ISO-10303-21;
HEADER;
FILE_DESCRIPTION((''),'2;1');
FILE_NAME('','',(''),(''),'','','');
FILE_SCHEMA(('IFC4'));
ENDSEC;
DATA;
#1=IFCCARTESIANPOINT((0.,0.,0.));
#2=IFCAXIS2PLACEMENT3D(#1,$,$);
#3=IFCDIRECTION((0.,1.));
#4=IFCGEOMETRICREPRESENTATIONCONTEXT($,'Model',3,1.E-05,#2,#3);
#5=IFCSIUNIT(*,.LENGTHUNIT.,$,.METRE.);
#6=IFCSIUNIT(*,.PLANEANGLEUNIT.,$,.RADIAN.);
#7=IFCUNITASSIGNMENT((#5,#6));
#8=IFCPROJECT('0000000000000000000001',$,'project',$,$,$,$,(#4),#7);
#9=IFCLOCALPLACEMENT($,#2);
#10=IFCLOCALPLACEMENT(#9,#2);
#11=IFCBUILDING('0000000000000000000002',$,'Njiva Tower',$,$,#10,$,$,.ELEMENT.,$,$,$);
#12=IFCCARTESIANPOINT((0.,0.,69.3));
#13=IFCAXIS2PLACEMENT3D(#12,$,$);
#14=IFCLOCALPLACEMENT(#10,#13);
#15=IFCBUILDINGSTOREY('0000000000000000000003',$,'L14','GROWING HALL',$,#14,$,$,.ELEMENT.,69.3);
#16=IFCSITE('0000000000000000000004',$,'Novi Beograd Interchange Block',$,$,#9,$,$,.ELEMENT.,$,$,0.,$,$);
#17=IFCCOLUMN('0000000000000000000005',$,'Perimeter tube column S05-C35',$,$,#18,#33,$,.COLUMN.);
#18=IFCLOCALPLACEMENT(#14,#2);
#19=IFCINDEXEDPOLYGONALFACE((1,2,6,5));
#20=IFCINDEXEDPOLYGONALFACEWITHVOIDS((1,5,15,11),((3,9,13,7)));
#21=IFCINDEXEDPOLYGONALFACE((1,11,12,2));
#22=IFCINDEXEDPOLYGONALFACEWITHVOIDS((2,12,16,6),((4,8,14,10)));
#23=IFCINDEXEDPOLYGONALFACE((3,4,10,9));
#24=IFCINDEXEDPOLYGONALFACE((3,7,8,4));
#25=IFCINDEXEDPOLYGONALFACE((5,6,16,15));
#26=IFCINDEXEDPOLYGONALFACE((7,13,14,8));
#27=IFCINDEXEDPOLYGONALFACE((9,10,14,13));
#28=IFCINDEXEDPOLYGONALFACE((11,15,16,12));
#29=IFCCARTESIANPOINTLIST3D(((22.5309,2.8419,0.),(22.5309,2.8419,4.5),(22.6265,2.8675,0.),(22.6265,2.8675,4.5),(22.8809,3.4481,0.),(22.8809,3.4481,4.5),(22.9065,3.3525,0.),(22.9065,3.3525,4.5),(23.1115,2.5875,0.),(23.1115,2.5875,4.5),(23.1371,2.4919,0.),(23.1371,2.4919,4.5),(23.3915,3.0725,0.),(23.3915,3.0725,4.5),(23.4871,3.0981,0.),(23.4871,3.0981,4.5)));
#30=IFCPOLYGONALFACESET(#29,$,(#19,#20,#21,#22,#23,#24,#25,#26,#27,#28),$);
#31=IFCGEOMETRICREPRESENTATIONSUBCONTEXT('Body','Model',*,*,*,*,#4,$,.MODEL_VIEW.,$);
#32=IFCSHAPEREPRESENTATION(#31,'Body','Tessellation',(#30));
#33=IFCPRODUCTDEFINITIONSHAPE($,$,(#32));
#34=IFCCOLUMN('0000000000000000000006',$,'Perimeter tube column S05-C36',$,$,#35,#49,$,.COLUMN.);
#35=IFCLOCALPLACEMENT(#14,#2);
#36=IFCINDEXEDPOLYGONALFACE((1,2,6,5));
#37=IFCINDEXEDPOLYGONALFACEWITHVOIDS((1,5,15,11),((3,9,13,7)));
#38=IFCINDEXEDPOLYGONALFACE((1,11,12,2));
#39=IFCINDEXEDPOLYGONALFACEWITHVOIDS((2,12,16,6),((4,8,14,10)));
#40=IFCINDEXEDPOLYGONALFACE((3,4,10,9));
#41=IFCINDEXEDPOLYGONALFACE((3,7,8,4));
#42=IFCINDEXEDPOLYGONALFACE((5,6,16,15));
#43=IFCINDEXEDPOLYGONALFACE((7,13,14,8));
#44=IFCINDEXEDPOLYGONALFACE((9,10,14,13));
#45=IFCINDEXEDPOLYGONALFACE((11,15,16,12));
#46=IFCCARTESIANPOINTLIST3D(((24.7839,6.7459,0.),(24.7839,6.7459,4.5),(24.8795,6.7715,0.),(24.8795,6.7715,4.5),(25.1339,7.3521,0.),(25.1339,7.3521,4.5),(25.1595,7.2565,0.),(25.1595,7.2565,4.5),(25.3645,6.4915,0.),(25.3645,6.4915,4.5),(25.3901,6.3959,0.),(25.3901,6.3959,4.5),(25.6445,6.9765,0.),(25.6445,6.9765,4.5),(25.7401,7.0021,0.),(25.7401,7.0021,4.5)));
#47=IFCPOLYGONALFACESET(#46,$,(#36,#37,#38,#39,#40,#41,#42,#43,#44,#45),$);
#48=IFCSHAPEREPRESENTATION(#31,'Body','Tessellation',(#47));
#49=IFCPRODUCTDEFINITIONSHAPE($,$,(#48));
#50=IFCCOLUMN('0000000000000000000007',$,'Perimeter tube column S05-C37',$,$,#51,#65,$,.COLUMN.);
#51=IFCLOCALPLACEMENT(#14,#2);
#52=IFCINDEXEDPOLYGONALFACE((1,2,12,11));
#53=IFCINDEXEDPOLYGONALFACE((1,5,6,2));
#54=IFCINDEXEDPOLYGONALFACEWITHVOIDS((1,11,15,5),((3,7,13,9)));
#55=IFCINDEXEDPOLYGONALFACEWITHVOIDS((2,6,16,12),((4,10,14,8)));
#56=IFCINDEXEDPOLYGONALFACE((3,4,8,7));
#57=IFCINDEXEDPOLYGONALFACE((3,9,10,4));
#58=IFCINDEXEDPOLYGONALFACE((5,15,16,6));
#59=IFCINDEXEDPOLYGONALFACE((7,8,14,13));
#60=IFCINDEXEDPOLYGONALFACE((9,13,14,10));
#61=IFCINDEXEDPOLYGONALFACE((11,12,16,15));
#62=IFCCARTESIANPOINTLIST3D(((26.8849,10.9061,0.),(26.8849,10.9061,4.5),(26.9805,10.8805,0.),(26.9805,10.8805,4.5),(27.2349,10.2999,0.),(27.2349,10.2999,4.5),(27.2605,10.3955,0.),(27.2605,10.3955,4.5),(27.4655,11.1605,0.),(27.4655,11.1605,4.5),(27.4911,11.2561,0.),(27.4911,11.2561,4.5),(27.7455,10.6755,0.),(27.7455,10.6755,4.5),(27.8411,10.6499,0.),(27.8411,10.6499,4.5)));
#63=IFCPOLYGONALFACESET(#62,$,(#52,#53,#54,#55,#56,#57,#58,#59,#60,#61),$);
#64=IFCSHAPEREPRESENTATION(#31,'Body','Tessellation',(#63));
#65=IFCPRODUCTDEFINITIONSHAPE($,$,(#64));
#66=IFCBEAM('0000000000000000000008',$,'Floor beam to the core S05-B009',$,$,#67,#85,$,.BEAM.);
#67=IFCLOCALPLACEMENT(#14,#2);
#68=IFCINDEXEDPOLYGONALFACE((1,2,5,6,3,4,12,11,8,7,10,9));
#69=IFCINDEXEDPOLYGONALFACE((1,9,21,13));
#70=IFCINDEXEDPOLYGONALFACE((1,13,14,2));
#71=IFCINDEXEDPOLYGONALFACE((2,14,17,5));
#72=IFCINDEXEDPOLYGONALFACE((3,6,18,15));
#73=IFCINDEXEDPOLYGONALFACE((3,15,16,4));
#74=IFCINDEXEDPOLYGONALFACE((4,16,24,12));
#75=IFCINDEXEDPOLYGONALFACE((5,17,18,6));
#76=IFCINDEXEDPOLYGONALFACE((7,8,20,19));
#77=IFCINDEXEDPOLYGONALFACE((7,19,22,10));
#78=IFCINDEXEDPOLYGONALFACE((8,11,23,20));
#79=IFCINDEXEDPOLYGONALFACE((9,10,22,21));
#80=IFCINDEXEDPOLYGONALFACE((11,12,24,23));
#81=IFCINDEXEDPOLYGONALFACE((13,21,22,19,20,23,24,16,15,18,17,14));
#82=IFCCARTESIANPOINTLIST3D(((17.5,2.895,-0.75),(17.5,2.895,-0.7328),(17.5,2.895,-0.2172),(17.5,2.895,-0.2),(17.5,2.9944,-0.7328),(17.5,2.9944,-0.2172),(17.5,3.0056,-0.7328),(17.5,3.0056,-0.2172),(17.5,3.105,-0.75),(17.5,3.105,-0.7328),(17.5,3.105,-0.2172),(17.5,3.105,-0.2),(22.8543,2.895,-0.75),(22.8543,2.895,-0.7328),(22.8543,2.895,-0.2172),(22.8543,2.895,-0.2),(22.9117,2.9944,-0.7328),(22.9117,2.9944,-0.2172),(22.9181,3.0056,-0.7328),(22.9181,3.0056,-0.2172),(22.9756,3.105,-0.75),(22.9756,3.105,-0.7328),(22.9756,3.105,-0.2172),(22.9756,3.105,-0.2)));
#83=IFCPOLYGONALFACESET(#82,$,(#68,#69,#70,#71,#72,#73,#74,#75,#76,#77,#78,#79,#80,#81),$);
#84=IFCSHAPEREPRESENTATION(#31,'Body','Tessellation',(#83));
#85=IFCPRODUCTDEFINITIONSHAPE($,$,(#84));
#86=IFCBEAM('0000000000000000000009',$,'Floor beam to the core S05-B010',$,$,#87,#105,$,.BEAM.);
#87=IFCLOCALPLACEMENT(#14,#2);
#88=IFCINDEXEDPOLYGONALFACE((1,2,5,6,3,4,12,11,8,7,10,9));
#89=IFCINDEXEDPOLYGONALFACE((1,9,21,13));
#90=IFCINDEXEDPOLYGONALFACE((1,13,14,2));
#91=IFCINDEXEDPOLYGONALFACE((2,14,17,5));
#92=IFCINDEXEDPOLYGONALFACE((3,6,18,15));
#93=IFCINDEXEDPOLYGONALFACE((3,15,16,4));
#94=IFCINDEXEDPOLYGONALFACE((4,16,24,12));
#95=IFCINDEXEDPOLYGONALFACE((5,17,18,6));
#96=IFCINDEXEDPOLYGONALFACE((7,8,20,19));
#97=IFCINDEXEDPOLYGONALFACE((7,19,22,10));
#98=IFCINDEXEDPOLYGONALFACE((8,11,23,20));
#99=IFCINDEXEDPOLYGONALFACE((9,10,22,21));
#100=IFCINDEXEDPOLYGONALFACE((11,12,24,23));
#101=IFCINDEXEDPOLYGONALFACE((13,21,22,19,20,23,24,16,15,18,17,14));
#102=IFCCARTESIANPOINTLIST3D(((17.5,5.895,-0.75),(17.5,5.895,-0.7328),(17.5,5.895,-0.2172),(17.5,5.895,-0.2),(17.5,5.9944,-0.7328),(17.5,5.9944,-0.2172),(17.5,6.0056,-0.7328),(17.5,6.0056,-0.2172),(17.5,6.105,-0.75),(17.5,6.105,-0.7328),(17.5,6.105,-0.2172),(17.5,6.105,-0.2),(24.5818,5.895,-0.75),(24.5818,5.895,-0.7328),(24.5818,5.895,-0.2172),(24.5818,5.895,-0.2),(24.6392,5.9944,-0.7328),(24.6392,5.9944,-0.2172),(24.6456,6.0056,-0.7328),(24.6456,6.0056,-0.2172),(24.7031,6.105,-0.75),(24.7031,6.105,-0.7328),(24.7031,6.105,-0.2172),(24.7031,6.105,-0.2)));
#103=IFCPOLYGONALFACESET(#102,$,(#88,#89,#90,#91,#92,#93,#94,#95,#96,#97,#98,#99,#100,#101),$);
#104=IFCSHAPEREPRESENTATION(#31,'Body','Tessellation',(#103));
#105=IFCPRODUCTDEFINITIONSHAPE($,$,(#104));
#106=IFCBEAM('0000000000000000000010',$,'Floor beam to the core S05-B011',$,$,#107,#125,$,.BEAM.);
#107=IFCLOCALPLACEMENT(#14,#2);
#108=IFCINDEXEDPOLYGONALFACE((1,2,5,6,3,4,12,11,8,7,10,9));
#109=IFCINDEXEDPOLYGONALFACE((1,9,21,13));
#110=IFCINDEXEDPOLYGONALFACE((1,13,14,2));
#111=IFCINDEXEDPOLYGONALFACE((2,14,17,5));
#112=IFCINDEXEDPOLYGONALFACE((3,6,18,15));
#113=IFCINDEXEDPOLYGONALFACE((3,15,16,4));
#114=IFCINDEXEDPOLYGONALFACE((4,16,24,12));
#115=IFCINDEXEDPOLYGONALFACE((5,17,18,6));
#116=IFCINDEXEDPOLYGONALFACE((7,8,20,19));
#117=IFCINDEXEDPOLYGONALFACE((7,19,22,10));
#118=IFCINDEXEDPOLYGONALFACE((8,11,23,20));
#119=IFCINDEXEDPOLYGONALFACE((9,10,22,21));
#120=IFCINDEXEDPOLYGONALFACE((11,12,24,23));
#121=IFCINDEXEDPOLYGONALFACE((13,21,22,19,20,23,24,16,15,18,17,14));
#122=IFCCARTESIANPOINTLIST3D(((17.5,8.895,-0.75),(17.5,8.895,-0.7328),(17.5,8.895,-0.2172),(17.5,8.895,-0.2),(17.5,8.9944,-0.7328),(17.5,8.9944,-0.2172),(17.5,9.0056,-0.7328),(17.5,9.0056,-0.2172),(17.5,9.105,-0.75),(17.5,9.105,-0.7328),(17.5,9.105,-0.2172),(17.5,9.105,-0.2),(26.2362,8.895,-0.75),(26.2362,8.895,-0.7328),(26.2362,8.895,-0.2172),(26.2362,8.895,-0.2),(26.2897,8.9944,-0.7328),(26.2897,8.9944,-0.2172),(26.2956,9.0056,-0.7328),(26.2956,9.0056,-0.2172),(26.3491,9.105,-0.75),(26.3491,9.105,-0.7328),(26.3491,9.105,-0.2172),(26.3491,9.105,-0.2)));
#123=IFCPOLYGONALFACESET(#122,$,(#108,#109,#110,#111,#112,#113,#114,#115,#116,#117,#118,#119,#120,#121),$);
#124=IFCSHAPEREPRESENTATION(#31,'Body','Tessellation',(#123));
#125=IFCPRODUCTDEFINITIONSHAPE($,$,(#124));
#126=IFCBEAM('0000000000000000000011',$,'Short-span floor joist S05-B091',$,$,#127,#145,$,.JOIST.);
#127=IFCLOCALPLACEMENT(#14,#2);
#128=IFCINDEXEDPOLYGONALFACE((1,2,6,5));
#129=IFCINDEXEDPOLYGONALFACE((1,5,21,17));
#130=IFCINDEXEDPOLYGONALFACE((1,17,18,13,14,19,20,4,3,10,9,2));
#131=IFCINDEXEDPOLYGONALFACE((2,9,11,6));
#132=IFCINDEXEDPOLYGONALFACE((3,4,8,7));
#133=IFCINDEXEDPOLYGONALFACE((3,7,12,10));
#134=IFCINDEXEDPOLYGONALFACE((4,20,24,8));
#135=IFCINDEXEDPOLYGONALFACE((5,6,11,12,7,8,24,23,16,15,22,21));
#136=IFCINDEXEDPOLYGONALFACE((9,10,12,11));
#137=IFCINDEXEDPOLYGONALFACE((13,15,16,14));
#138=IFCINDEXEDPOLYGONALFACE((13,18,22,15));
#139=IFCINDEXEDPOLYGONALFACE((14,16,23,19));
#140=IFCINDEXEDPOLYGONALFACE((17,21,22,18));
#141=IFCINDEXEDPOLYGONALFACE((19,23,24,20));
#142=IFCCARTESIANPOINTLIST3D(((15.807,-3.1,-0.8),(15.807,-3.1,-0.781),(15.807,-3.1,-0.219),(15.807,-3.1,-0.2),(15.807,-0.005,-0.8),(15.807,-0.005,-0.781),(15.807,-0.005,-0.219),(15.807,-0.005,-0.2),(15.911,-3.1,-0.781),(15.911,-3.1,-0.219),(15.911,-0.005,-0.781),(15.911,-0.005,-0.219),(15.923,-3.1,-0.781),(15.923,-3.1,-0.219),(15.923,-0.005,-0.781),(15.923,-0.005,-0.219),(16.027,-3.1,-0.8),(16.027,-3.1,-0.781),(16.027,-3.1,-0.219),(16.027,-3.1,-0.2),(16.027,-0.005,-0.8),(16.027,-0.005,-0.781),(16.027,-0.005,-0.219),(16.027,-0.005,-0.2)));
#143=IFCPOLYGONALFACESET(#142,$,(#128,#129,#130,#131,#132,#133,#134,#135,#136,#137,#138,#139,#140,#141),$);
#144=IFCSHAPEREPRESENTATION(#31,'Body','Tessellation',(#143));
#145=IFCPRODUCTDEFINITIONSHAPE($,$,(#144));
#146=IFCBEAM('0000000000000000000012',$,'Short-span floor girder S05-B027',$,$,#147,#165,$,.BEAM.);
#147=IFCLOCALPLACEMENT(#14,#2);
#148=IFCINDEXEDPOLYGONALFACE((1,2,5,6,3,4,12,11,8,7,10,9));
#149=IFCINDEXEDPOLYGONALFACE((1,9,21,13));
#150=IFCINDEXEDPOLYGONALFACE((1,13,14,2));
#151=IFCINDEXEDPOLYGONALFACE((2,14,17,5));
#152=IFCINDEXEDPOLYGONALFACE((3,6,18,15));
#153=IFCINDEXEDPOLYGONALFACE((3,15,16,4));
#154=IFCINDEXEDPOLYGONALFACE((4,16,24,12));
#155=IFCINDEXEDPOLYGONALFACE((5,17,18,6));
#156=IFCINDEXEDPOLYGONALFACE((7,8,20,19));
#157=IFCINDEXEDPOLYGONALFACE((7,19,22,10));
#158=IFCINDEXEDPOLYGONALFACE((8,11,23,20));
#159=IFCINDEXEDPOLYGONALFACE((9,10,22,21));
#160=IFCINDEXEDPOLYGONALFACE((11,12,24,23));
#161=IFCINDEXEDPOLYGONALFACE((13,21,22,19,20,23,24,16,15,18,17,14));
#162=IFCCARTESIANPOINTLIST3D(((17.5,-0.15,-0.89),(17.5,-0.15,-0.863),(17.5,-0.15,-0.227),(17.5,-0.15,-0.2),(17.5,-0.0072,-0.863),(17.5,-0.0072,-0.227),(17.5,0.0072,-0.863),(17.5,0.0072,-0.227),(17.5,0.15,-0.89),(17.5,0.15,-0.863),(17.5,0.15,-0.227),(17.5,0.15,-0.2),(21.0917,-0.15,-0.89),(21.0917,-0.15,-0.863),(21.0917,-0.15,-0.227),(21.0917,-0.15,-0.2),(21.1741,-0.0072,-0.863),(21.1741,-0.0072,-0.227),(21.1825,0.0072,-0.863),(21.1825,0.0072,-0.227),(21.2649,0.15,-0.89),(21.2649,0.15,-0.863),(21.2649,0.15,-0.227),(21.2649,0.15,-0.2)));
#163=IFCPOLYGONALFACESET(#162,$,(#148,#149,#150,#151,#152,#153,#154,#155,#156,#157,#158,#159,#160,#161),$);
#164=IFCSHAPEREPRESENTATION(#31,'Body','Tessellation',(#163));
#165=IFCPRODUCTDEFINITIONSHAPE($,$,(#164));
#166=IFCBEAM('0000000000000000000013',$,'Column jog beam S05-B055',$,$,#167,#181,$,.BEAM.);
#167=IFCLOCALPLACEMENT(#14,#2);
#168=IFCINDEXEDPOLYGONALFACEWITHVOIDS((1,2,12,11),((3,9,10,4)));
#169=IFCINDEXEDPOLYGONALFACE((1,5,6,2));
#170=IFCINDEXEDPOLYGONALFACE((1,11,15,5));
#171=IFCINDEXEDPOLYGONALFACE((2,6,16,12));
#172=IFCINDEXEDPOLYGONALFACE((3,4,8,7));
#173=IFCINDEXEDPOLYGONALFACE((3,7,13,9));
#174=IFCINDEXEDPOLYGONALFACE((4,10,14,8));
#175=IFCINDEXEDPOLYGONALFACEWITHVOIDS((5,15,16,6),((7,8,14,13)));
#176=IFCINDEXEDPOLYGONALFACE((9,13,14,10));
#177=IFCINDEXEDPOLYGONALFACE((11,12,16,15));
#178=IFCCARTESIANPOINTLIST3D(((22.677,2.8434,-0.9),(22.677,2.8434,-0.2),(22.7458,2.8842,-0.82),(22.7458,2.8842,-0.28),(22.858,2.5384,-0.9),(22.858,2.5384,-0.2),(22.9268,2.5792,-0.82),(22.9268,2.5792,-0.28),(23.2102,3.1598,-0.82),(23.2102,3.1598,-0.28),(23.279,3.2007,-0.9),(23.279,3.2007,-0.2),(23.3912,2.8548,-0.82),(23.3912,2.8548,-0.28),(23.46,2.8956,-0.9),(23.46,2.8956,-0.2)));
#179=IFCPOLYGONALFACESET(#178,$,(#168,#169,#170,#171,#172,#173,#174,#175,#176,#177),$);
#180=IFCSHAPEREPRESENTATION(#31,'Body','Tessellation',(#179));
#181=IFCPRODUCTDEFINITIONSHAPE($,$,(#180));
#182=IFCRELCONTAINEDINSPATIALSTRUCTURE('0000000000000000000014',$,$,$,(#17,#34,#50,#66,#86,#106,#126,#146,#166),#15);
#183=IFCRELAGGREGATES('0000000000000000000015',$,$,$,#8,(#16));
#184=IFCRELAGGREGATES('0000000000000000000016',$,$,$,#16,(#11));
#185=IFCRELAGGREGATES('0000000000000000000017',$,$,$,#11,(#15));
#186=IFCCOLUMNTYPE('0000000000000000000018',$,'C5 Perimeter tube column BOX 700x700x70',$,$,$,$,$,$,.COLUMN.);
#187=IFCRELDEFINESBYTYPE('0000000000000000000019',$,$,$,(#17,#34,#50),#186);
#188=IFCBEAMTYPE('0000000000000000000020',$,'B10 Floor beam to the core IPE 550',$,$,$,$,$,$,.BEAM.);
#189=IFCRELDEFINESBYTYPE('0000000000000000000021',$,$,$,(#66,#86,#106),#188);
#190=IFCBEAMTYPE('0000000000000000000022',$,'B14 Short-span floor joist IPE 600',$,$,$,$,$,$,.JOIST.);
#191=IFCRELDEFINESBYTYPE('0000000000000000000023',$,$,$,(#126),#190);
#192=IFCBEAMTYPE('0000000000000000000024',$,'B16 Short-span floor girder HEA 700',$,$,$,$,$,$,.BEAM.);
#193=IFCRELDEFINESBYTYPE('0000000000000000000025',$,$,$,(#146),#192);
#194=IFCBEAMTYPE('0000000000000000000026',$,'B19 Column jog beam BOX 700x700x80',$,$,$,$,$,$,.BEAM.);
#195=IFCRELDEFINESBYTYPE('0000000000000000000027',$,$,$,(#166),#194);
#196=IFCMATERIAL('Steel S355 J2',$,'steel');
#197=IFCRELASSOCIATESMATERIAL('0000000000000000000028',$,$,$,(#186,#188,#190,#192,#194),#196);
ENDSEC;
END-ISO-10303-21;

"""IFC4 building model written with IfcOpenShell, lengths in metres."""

from ifc_helpers import new_model, si_unit, direction, frame, origin, origin_2d, place, context, subcontext, project, spatial, hollow_rectangle, i_section, extrude, clip, halfspace, material, material_profile, profile_set, type_object, element, save


model = new_model("IFC4")

# Units and contexts
model_context = context("Model", 3, precision=1e-05, world=origin(), true_north=direction((0.0, 1.0)))
body_context = subcontext(model_context, "Body", "Model", "MODEL_VIEW")
ifc_project = project(units=[si_unit("LENGTHUNIT", "METRE"), si_unit("PLANEANGLEUNIT", "RADIAN")], contexts=[model_context])

# Site, building, storey
site_placement = place(None, origin())
site = spatial("IfcSite", under=ifc_project, at=site_placement, Name="Novi Beograd Interchange Block", CompositionType="ELEMENT", RefElevation=0.0)
building_placement = place(site_placement, origin())
building = spatial("IfcBuilding", under=site, at=building_placement, Name="Njiva Tower", CompositionType="ELEMENT")
storey_placement = place(building_placement, frame((0.0, 0.0, 69.3)))
storey = spatial("IfcBuildingStorey", under=building, at=storey_placement, Name="L14", Description="GROWING HALL", CompositionType="ELEMENT", Elevation=69.3)

# Columns
ifc_material_1 = material(Name="Steel S355 J2", Category="steel")
ifc_material_profile_1 = material_profile(ifc_material_1, hollow_rectangle(XDim=0.7, YDim=0.7, WallThickness=0.07, at=origin_2d()), Name="BOX 700x700x70")
ifc_profile_set_1 = profile_set([ifc_material_profile_1], Name="Steel S355 J2")
column_type = type_object("IfcColumnType", Name="C5 Perimeter tube column BOX 700x700x70", PredefinedType="COLUMN", material=ifc_profile_set_1)
for number, where, z_axis, x_axis, name in (
    (1, (23.009, 2.97, 0.0), (0.0, 0.0, 1.0), (0.5, 0.866025, 0.0), "Perimeter tube column S05-C35"),
    (2, (25.262, 6.874, 0.0), (0.0, 0.0, 1.0), (0.5, 0.866025, 0.0), "Perimeter tube column S05-C36"),
    (3, (27.363, 10.778, 0.0), (0.0, 0.0, 1.0), (-0.5, 0.866025, 0.0), "Perimeter tube column S05-C37"),
):
    element("IfcColumn", number, at=place(storey_placement, frame(where, z_axis=z_axis, x_axis=x_axis)), inside=storey, type_object=column_type, Name=name, PredefinedType="COLUMN", context=body_context, shape_type="SweptSolid", body=[
        extrude(hollow_rectangle(XDim=0.7, YDim=0.7, WallThickness=0.07, at=origin_2d()), origin(), (0.0, 0.0, 1.0), 4.5),
    ])

# Beams
ifc_material_profile_2 = material_profile(ifc_material_1, i_section(OverallWidth=0.21, OverallDepth=0.55, WebThickness=0.0111, FlangeThickness=0.0172, at=origin_2d()), Name="IPE 550")
ifc_profile_set_2 = profile_set([ifc_material_profile_2], Name="Steel S355 J2")
beam_type_1 = type_object("IfcBeamType", Name="B10 Floor beam to the core IPE 550", PredefinedType="BEAM", material=ifc_profile_set_2)
beam_1_placement = place(storey_placement, frame((17.5, 3.0, -0.475), z_axis=(1.0, 0.0, 0.0), x_axis=(0.0, 1.0, 0.0)))
element("IfcBeam", 4, at=beam_1_placement, inside=storey, type_object=beam_type_1, Name="Floor beam to the core S05-B009", PredefinedType="BEAM", context=body_context, shape_type="Clipping", body=[
    clip(extrude(i_section(OverallWidth=0.21, OverallDepth=0.55, WebThickness=0.0111, FlangeThickness=0.0172, at=origin_2d()), origin(), (0.0, 0.0, 1.0), 5.496), halfspace(frame((-0.025, 0.0, 5.4005), z_axis=(-0.499998, 0.0, 0.866027), x_axis=(0.0, 1.0, 0.0)), False)),
])
beam_2_placement = place(storey_placement, frame((17.5, 6.0, -0.475), z_axis=(1.0, 0.0, 0.0), x_axis=(0.0, 1.0, 0.0)))
element("IfcBeam", 5, at=beam_2_placement, inside=storey, type_object=beam_type_1, Name="Floor beam to the core S05-B010", PredefinedType="BEAM", context=body_context, shape_type="Clipping", body=[
    clip(extrude(i_section(OverallWidth=0.21, OverallDepth=0.55, WebThickness=0.0111, FlangeThickness=0.0172, at=origin_2d()), origin(), (0.0, 0.0, 1.0), 7.223), halfspace(frame((-0.025, 0.0, 7.128), z_axis=(-0.499998, 0.0, 0.866027), x_axis=(0.0, 1.0, 0.0)), False)),
])
beam_3_placement = place(storey_placement, frame((17.5, 9.0, -0.475), z_axis=(1.0, 0.0, 0.0), x_axis=(0.0, 1.0, 0.0)))
element("IfcBeam", 6, at=beam_3_placement, inside=storey, type_object=beam_type_1, Name="Floor beam to the core S05-B011", PredefinedType="BEAM", context=body_context, shape_type="Clipping", body=[
    clip(extrude(i_section(OverallWidth=0.21, OverallDepth=0.55, WebThickness=0.0111, FlangeThickness=0.0172, at=origin_2d()), origin(), (0.0, 0.0, 1.0), 8.869), halfspace(frame((-0.0237, 0.0, 8.7799), z_axis=(-0.473769, 0.0, 0.880649), x_axis=(0.0, 1.0, 0.0)), False)),
])
ifc_material_profile_3 = material_profile(ifc_material_1, i_section(OverallWidth=0.22, OverallDepth=0.6, WebThickness=0.012, FlangeThickness=0.019, at=origin_2d()), Name="IPE 600")
ifc_profile_set_3 = profile_set([ifc_material_profile_3], Name="Steel S355 J2")
beam_type_2 = type_object("IfcBeamType", Name="B14 Short-span floor joist IPE 600", PredefinedType="JOIST", material=ifc_profile_set_3)
beam_4_placement = place(storey_placement, frame((15.917, -0.005, -0.5), z_axis=(0.0, -1.0, 0.0), x_axis=(1.0, 0.0, 0.0)))
element("IfcBeam", 7, at=beam_4_placement, inside=storey, type_object=beam_type_2, Name="Short-span floor joist S05-B091", PredefinedType="JOIST", context=body_context, shape_type="SweptSolid", body=[
    extrude(i_section(OverallWidth=0.22, OverallDepth=0.6, WebThickness=0.012, FlangeThickness=0.019, at=origin_2d()), origin(), (0.0, 0.0, 1.0), 3.095),
])
ifc_material_profile_4 = material_profile(ifc_material_1, i_section(OverallWidth=0.3, OverallDepth=0.69, WebThickness=0.0145, FlangeThickness=0.027, at=origin_2d()), Name="HEA 700")
ifc_profile_set_4 = profile_set([ifc_material_profile_4], Name="Steel S355 J2")
beam_type_3 = type_object("IfcBeamType", Name="B16 Short-span floor girder HEA 700", PredefinedType="BEAM", material=ifc_profile_set_4)
beam_5_placement = place(storey_placement, frame((17.5, 0.0, -0.545), z_axis=(1.0, 0.0, 0.0), x_axis=(0.0, 1.0, 0.0)))
element("IfcBeam", 8, at=beam_5_placement, inside=storey, type_object=beam_type_3, Name="Short-span floor girder S05-B027", PredefinedType="BEAM", context=body_context, shape_type="Clipping", body=[
    clip(extrude(i_section(OverallWidth=0.3, OverallDepth=0.69, WebThickness=0.0145, FlangeThickness=0.027, at=origin_2d()), origin(), (0.0, 0.0, 1.0), 3.785), halfspace(frame((-0.025, 0.0, 3.6639), z_axis=(-0.499998, 0.0, 0.866027), x_axis=(0.0, 1.0, 0.0)), False)),
])
ifc_material_profile_5 = material_profile(ifc_material_1, hollow_rectangle(XDim=0.7, YDim=0.7, WallThickness=0.08, at=origin_2d()), Name="BOX 700x700x80")
ifc_profile_set_5 = profile_set([ifc_material_profile_5], Name="Steel S355 J2")
beam_type_4 = type_object("IfcBeamType", Name="B19 Column jog beam BOX 700x700x80", PredefinedType="BEAM", material=ifc_profile_set_5)
beam_6_placement = place(storey_placement, frame((23.159, 2.717, -0.55), z_axis=(-0.510343, 0.859971, 0.0), x_axis=(-0.859971, -0.510343, 0.0)))
element("IfcBeam", 9, at=beam_6_placement, inside=storey, type_object=beam_type_4, Name="Column jog beam S05-B055", PredefinedType="BEAM", context=body_context, shape_type="SweptSolid", body=[
    extrude(hollow_rectangle(XDim=0.7, YDim=0.7, WallThickness=0.08, at=origin_2d()), origin(), (0.0, 0.0, 1.0), 0.3547),
])

save(model, "model.ifc")
